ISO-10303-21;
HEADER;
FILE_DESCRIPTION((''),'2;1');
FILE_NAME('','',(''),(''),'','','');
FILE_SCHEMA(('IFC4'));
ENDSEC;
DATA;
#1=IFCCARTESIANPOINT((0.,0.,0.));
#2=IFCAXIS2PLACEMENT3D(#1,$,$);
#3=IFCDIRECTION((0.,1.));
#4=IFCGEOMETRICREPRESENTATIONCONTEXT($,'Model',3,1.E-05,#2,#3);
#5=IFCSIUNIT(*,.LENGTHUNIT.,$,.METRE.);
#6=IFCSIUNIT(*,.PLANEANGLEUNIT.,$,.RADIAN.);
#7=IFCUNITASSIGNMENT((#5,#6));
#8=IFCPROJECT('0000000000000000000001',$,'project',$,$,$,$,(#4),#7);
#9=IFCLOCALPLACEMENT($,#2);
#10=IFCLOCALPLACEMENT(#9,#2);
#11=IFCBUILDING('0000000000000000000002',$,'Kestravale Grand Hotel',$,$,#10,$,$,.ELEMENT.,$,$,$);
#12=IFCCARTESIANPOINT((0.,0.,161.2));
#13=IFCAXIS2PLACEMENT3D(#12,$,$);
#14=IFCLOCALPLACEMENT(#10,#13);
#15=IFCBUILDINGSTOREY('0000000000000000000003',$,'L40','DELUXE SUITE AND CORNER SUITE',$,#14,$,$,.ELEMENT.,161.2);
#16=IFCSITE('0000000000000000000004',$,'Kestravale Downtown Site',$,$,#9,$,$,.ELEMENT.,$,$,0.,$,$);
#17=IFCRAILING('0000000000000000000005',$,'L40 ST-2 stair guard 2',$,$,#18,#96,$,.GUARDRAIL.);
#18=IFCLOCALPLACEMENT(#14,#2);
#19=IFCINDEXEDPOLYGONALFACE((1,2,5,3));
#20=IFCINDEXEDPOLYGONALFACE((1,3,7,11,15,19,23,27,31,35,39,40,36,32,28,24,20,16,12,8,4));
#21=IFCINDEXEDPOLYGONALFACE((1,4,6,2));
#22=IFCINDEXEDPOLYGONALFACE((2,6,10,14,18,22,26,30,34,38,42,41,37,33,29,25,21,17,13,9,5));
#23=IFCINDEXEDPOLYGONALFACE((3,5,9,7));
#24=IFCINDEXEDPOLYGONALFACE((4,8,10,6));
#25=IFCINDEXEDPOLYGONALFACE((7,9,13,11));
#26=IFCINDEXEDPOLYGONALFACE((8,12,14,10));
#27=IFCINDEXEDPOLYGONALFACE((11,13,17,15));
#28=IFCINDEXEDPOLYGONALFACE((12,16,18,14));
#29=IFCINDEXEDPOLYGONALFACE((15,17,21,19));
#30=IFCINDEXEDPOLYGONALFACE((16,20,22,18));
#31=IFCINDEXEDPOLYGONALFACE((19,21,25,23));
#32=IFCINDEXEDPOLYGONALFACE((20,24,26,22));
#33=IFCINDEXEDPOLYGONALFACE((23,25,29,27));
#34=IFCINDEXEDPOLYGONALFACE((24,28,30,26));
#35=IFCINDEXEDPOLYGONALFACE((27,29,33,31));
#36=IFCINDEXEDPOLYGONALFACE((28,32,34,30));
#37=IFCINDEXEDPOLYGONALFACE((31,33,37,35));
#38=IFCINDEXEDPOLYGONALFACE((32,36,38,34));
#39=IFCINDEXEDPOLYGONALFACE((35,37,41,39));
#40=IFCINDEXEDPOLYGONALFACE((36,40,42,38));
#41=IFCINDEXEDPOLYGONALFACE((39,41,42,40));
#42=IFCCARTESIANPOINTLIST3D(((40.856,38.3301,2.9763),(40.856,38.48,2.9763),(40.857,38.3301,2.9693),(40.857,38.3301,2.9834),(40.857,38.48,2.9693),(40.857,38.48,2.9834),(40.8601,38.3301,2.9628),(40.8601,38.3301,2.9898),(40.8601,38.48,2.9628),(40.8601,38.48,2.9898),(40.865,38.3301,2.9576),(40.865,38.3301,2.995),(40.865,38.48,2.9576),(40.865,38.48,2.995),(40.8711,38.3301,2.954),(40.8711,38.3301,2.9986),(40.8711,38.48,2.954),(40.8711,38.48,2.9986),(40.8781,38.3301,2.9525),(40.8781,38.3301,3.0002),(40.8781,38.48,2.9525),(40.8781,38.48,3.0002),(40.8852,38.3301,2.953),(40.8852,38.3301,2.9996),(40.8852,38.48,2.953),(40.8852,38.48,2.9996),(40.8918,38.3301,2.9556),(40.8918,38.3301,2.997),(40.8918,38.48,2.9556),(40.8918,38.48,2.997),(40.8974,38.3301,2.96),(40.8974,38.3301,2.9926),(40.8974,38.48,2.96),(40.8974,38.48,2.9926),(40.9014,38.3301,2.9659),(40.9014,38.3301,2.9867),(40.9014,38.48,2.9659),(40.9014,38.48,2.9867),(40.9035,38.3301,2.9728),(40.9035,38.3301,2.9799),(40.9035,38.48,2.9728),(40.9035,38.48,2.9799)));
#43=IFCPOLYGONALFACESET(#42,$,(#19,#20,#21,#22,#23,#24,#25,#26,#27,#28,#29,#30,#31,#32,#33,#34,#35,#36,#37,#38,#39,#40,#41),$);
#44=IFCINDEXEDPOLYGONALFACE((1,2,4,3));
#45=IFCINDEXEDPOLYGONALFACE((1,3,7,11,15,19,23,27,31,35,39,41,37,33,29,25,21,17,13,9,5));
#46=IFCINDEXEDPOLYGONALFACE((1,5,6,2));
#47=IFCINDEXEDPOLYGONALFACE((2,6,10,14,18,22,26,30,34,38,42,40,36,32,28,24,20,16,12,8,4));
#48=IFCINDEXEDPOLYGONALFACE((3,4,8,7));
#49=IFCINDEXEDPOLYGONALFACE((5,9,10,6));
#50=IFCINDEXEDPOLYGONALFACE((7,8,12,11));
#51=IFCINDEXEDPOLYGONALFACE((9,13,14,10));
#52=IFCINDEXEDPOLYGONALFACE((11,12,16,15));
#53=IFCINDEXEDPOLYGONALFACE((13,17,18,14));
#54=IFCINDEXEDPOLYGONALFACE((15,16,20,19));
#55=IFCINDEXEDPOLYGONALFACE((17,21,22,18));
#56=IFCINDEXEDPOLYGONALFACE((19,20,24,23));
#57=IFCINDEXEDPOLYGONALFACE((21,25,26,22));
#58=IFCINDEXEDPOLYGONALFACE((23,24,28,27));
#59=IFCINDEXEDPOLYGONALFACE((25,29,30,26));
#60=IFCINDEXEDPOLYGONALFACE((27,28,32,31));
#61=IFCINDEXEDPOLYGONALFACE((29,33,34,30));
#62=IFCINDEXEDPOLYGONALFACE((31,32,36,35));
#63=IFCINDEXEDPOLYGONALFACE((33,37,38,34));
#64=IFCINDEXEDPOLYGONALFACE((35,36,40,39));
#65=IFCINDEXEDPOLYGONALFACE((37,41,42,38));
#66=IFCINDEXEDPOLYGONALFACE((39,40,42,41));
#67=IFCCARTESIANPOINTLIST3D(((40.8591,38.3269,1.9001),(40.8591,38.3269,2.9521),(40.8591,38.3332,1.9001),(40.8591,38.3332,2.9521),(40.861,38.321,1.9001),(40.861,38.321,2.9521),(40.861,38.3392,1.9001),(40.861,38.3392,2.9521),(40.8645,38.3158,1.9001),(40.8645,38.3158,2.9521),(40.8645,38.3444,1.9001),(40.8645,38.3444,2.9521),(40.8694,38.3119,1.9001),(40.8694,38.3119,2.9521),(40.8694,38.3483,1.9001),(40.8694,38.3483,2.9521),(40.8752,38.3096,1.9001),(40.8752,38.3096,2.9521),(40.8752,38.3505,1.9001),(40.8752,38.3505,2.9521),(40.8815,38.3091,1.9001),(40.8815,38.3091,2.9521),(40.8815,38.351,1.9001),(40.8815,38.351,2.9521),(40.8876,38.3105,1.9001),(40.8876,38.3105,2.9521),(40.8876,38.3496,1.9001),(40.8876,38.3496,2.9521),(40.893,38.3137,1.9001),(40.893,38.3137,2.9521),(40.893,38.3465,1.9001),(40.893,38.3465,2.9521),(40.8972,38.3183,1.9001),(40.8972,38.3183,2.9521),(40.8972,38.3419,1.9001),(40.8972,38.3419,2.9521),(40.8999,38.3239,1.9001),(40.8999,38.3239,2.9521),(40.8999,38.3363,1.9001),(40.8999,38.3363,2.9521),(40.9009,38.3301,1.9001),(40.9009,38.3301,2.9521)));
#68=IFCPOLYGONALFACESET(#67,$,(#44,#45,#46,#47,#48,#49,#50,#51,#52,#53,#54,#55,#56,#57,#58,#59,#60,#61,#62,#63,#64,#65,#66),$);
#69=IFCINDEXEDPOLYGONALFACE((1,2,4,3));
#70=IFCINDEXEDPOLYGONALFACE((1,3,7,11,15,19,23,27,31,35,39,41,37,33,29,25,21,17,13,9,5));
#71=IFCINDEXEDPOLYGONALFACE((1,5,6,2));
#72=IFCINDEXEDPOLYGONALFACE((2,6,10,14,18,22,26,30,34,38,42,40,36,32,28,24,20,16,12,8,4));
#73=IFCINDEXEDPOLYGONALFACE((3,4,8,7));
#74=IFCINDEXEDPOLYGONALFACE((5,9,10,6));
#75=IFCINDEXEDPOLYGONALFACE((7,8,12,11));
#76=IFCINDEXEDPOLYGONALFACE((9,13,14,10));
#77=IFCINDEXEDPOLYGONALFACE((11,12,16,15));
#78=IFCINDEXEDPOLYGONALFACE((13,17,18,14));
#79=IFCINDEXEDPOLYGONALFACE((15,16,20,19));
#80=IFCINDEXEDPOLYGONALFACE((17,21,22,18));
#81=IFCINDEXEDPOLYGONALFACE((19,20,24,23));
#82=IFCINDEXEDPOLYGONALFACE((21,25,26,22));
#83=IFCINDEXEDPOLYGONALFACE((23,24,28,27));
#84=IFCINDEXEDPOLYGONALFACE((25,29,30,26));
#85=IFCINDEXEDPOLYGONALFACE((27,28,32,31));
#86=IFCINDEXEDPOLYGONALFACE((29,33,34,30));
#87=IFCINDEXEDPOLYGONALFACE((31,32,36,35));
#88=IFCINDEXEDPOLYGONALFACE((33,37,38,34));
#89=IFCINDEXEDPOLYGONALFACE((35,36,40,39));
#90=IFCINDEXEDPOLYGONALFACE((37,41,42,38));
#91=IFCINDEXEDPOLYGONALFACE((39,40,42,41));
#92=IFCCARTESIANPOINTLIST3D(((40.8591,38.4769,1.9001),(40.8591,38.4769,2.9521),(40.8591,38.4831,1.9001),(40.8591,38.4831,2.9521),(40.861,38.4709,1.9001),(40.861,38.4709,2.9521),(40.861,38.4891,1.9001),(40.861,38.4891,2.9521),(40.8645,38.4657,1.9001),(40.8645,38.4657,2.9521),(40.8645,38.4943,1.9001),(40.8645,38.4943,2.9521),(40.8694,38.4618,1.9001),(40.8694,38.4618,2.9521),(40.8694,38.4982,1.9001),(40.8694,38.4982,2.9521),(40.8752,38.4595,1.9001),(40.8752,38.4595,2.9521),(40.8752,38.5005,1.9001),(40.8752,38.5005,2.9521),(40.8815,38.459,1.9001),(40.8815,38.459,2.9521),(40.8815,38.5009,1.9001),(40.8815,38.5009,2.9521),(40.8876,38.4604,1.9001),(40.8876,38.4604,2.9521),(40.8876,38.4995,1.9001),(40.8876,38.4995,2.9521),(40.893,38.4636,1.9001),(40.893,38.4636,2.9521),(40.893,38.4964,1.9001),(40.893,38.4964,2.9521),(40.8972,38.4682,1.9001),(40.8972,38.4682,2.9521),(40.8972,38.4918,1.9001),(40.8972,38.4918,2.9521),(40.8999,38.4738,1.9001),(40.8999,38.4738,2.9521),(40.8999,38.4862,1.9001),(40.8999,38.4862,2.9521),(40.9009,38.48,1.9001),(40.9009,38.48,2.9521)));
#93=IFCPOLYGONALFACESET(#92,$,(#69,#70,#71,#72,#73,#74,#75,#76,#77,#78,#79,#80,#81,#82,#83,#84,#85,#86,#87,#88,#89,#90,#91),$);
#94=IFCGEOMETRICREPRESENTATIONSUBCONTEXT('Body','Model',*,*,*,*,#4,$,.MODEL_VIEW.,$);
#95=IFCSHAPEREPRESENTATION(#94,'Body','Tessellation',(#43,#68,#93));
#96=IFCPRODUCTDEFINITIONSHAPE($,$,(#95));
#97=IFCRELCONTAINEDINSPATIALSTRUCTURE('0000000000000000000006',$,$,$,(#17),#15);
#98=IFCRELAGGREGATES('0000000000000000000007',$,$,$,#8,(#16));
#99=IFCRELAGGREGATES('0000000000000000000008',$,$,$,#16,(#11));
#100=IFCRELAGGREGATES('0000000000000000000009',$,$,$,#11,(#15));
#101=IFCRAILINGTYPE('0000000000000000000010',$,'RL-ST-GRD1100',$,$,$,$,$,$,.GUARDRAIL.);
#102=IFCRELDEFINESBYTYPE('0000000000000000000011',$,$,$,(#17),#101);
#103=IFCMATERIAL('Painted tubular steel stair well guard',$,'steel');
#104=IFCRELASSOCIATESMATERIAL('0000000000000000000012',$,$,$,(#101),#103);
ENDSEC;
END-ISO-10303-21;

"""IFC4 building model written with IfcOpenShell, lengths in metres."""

from ifc_helpers import new_model, si_unit, direction, frame, origin, origin_2d, place, context, subcontext, project, spatial, circle, extrude, material, type_object, element, save


model = new_model("IFC4")

# Units and contexts
model_context = context("Model", 3, precision=1e-05, world=origin(), true_north=direction((0.0, 1.0)))
body_context = subcontext(model_context, "Body", "Model", "MODEL_VIEW")
ifc_project = project(units=[si_unit("LENGTHUNIT", "METRE"), si_unit("PLANEANGLEUNIT", "RADIAN")], contexts=[model_context])

# Site, building, storey
site_placement = place(None, origin())
site = spatial("IfcSite", under=ifc_project, at=site_placement, Name="Kestravale Downtown Site", CompositionType="ELEMENT", RefElevation=0.0)
building_placement = place(site_placement, origin())
building = spatial("IfcBuilding", under=site, at=building_placement, Name="Kestravale Grand Hotel", CompositionType="ELEMENT")
storey_placement = place(building_placement, frame((0.0, 0.0, 161.2)))
storey = spatial("IfcBuildingStorey", under=building, at=storey_placement, Name="L40", Description="DELUXE SUITE AND CORNER SUITE", CompositionType="ELEMENT", Elevation=161.2)

# Railing
ifc_material_1 = material(Name="Painted tubular steel stair well guard", Category="steel")
railing_type_1 = type_object("IfcRailingType", Name="RL-ST-GRD1100", PredefinedType="GUARDRAIL", material=ifc_material_1)
railing_1_placement = place(storey_placement, frame((40.8799, 38.3301, 1.9001)))
element("IfcRailing", 1, at=railing_1_placement, inside=storey, type_object=railing_type_1, Name="L40 ST-2 stair guard 2", PredefinedType="GUARDRAIL", context=body_context, shape_type="SweptSolid", body=[
    extrude(circle(Radius=0.0239, at=origin_2d()), frame((0.0, 0.0, 1.0762), z_axis=(0.0, 1.0, 0.0), x_axis=(-1.0, 0.0, 0.0)), (0.0, 0.0, 1.0), 0.1499),
    extrude(circle(Radius=0.021, at=origin_2d()), origin(), (0.0, 0.0, 1.0), 1.052),
    extrude(circle(Radius=0.021, at=origin_2d()), frame((0.0, 0.1499, 0.0)), (0.0, 0.0, 1.0), 1.052),
])

save(model, "model.ifc")
